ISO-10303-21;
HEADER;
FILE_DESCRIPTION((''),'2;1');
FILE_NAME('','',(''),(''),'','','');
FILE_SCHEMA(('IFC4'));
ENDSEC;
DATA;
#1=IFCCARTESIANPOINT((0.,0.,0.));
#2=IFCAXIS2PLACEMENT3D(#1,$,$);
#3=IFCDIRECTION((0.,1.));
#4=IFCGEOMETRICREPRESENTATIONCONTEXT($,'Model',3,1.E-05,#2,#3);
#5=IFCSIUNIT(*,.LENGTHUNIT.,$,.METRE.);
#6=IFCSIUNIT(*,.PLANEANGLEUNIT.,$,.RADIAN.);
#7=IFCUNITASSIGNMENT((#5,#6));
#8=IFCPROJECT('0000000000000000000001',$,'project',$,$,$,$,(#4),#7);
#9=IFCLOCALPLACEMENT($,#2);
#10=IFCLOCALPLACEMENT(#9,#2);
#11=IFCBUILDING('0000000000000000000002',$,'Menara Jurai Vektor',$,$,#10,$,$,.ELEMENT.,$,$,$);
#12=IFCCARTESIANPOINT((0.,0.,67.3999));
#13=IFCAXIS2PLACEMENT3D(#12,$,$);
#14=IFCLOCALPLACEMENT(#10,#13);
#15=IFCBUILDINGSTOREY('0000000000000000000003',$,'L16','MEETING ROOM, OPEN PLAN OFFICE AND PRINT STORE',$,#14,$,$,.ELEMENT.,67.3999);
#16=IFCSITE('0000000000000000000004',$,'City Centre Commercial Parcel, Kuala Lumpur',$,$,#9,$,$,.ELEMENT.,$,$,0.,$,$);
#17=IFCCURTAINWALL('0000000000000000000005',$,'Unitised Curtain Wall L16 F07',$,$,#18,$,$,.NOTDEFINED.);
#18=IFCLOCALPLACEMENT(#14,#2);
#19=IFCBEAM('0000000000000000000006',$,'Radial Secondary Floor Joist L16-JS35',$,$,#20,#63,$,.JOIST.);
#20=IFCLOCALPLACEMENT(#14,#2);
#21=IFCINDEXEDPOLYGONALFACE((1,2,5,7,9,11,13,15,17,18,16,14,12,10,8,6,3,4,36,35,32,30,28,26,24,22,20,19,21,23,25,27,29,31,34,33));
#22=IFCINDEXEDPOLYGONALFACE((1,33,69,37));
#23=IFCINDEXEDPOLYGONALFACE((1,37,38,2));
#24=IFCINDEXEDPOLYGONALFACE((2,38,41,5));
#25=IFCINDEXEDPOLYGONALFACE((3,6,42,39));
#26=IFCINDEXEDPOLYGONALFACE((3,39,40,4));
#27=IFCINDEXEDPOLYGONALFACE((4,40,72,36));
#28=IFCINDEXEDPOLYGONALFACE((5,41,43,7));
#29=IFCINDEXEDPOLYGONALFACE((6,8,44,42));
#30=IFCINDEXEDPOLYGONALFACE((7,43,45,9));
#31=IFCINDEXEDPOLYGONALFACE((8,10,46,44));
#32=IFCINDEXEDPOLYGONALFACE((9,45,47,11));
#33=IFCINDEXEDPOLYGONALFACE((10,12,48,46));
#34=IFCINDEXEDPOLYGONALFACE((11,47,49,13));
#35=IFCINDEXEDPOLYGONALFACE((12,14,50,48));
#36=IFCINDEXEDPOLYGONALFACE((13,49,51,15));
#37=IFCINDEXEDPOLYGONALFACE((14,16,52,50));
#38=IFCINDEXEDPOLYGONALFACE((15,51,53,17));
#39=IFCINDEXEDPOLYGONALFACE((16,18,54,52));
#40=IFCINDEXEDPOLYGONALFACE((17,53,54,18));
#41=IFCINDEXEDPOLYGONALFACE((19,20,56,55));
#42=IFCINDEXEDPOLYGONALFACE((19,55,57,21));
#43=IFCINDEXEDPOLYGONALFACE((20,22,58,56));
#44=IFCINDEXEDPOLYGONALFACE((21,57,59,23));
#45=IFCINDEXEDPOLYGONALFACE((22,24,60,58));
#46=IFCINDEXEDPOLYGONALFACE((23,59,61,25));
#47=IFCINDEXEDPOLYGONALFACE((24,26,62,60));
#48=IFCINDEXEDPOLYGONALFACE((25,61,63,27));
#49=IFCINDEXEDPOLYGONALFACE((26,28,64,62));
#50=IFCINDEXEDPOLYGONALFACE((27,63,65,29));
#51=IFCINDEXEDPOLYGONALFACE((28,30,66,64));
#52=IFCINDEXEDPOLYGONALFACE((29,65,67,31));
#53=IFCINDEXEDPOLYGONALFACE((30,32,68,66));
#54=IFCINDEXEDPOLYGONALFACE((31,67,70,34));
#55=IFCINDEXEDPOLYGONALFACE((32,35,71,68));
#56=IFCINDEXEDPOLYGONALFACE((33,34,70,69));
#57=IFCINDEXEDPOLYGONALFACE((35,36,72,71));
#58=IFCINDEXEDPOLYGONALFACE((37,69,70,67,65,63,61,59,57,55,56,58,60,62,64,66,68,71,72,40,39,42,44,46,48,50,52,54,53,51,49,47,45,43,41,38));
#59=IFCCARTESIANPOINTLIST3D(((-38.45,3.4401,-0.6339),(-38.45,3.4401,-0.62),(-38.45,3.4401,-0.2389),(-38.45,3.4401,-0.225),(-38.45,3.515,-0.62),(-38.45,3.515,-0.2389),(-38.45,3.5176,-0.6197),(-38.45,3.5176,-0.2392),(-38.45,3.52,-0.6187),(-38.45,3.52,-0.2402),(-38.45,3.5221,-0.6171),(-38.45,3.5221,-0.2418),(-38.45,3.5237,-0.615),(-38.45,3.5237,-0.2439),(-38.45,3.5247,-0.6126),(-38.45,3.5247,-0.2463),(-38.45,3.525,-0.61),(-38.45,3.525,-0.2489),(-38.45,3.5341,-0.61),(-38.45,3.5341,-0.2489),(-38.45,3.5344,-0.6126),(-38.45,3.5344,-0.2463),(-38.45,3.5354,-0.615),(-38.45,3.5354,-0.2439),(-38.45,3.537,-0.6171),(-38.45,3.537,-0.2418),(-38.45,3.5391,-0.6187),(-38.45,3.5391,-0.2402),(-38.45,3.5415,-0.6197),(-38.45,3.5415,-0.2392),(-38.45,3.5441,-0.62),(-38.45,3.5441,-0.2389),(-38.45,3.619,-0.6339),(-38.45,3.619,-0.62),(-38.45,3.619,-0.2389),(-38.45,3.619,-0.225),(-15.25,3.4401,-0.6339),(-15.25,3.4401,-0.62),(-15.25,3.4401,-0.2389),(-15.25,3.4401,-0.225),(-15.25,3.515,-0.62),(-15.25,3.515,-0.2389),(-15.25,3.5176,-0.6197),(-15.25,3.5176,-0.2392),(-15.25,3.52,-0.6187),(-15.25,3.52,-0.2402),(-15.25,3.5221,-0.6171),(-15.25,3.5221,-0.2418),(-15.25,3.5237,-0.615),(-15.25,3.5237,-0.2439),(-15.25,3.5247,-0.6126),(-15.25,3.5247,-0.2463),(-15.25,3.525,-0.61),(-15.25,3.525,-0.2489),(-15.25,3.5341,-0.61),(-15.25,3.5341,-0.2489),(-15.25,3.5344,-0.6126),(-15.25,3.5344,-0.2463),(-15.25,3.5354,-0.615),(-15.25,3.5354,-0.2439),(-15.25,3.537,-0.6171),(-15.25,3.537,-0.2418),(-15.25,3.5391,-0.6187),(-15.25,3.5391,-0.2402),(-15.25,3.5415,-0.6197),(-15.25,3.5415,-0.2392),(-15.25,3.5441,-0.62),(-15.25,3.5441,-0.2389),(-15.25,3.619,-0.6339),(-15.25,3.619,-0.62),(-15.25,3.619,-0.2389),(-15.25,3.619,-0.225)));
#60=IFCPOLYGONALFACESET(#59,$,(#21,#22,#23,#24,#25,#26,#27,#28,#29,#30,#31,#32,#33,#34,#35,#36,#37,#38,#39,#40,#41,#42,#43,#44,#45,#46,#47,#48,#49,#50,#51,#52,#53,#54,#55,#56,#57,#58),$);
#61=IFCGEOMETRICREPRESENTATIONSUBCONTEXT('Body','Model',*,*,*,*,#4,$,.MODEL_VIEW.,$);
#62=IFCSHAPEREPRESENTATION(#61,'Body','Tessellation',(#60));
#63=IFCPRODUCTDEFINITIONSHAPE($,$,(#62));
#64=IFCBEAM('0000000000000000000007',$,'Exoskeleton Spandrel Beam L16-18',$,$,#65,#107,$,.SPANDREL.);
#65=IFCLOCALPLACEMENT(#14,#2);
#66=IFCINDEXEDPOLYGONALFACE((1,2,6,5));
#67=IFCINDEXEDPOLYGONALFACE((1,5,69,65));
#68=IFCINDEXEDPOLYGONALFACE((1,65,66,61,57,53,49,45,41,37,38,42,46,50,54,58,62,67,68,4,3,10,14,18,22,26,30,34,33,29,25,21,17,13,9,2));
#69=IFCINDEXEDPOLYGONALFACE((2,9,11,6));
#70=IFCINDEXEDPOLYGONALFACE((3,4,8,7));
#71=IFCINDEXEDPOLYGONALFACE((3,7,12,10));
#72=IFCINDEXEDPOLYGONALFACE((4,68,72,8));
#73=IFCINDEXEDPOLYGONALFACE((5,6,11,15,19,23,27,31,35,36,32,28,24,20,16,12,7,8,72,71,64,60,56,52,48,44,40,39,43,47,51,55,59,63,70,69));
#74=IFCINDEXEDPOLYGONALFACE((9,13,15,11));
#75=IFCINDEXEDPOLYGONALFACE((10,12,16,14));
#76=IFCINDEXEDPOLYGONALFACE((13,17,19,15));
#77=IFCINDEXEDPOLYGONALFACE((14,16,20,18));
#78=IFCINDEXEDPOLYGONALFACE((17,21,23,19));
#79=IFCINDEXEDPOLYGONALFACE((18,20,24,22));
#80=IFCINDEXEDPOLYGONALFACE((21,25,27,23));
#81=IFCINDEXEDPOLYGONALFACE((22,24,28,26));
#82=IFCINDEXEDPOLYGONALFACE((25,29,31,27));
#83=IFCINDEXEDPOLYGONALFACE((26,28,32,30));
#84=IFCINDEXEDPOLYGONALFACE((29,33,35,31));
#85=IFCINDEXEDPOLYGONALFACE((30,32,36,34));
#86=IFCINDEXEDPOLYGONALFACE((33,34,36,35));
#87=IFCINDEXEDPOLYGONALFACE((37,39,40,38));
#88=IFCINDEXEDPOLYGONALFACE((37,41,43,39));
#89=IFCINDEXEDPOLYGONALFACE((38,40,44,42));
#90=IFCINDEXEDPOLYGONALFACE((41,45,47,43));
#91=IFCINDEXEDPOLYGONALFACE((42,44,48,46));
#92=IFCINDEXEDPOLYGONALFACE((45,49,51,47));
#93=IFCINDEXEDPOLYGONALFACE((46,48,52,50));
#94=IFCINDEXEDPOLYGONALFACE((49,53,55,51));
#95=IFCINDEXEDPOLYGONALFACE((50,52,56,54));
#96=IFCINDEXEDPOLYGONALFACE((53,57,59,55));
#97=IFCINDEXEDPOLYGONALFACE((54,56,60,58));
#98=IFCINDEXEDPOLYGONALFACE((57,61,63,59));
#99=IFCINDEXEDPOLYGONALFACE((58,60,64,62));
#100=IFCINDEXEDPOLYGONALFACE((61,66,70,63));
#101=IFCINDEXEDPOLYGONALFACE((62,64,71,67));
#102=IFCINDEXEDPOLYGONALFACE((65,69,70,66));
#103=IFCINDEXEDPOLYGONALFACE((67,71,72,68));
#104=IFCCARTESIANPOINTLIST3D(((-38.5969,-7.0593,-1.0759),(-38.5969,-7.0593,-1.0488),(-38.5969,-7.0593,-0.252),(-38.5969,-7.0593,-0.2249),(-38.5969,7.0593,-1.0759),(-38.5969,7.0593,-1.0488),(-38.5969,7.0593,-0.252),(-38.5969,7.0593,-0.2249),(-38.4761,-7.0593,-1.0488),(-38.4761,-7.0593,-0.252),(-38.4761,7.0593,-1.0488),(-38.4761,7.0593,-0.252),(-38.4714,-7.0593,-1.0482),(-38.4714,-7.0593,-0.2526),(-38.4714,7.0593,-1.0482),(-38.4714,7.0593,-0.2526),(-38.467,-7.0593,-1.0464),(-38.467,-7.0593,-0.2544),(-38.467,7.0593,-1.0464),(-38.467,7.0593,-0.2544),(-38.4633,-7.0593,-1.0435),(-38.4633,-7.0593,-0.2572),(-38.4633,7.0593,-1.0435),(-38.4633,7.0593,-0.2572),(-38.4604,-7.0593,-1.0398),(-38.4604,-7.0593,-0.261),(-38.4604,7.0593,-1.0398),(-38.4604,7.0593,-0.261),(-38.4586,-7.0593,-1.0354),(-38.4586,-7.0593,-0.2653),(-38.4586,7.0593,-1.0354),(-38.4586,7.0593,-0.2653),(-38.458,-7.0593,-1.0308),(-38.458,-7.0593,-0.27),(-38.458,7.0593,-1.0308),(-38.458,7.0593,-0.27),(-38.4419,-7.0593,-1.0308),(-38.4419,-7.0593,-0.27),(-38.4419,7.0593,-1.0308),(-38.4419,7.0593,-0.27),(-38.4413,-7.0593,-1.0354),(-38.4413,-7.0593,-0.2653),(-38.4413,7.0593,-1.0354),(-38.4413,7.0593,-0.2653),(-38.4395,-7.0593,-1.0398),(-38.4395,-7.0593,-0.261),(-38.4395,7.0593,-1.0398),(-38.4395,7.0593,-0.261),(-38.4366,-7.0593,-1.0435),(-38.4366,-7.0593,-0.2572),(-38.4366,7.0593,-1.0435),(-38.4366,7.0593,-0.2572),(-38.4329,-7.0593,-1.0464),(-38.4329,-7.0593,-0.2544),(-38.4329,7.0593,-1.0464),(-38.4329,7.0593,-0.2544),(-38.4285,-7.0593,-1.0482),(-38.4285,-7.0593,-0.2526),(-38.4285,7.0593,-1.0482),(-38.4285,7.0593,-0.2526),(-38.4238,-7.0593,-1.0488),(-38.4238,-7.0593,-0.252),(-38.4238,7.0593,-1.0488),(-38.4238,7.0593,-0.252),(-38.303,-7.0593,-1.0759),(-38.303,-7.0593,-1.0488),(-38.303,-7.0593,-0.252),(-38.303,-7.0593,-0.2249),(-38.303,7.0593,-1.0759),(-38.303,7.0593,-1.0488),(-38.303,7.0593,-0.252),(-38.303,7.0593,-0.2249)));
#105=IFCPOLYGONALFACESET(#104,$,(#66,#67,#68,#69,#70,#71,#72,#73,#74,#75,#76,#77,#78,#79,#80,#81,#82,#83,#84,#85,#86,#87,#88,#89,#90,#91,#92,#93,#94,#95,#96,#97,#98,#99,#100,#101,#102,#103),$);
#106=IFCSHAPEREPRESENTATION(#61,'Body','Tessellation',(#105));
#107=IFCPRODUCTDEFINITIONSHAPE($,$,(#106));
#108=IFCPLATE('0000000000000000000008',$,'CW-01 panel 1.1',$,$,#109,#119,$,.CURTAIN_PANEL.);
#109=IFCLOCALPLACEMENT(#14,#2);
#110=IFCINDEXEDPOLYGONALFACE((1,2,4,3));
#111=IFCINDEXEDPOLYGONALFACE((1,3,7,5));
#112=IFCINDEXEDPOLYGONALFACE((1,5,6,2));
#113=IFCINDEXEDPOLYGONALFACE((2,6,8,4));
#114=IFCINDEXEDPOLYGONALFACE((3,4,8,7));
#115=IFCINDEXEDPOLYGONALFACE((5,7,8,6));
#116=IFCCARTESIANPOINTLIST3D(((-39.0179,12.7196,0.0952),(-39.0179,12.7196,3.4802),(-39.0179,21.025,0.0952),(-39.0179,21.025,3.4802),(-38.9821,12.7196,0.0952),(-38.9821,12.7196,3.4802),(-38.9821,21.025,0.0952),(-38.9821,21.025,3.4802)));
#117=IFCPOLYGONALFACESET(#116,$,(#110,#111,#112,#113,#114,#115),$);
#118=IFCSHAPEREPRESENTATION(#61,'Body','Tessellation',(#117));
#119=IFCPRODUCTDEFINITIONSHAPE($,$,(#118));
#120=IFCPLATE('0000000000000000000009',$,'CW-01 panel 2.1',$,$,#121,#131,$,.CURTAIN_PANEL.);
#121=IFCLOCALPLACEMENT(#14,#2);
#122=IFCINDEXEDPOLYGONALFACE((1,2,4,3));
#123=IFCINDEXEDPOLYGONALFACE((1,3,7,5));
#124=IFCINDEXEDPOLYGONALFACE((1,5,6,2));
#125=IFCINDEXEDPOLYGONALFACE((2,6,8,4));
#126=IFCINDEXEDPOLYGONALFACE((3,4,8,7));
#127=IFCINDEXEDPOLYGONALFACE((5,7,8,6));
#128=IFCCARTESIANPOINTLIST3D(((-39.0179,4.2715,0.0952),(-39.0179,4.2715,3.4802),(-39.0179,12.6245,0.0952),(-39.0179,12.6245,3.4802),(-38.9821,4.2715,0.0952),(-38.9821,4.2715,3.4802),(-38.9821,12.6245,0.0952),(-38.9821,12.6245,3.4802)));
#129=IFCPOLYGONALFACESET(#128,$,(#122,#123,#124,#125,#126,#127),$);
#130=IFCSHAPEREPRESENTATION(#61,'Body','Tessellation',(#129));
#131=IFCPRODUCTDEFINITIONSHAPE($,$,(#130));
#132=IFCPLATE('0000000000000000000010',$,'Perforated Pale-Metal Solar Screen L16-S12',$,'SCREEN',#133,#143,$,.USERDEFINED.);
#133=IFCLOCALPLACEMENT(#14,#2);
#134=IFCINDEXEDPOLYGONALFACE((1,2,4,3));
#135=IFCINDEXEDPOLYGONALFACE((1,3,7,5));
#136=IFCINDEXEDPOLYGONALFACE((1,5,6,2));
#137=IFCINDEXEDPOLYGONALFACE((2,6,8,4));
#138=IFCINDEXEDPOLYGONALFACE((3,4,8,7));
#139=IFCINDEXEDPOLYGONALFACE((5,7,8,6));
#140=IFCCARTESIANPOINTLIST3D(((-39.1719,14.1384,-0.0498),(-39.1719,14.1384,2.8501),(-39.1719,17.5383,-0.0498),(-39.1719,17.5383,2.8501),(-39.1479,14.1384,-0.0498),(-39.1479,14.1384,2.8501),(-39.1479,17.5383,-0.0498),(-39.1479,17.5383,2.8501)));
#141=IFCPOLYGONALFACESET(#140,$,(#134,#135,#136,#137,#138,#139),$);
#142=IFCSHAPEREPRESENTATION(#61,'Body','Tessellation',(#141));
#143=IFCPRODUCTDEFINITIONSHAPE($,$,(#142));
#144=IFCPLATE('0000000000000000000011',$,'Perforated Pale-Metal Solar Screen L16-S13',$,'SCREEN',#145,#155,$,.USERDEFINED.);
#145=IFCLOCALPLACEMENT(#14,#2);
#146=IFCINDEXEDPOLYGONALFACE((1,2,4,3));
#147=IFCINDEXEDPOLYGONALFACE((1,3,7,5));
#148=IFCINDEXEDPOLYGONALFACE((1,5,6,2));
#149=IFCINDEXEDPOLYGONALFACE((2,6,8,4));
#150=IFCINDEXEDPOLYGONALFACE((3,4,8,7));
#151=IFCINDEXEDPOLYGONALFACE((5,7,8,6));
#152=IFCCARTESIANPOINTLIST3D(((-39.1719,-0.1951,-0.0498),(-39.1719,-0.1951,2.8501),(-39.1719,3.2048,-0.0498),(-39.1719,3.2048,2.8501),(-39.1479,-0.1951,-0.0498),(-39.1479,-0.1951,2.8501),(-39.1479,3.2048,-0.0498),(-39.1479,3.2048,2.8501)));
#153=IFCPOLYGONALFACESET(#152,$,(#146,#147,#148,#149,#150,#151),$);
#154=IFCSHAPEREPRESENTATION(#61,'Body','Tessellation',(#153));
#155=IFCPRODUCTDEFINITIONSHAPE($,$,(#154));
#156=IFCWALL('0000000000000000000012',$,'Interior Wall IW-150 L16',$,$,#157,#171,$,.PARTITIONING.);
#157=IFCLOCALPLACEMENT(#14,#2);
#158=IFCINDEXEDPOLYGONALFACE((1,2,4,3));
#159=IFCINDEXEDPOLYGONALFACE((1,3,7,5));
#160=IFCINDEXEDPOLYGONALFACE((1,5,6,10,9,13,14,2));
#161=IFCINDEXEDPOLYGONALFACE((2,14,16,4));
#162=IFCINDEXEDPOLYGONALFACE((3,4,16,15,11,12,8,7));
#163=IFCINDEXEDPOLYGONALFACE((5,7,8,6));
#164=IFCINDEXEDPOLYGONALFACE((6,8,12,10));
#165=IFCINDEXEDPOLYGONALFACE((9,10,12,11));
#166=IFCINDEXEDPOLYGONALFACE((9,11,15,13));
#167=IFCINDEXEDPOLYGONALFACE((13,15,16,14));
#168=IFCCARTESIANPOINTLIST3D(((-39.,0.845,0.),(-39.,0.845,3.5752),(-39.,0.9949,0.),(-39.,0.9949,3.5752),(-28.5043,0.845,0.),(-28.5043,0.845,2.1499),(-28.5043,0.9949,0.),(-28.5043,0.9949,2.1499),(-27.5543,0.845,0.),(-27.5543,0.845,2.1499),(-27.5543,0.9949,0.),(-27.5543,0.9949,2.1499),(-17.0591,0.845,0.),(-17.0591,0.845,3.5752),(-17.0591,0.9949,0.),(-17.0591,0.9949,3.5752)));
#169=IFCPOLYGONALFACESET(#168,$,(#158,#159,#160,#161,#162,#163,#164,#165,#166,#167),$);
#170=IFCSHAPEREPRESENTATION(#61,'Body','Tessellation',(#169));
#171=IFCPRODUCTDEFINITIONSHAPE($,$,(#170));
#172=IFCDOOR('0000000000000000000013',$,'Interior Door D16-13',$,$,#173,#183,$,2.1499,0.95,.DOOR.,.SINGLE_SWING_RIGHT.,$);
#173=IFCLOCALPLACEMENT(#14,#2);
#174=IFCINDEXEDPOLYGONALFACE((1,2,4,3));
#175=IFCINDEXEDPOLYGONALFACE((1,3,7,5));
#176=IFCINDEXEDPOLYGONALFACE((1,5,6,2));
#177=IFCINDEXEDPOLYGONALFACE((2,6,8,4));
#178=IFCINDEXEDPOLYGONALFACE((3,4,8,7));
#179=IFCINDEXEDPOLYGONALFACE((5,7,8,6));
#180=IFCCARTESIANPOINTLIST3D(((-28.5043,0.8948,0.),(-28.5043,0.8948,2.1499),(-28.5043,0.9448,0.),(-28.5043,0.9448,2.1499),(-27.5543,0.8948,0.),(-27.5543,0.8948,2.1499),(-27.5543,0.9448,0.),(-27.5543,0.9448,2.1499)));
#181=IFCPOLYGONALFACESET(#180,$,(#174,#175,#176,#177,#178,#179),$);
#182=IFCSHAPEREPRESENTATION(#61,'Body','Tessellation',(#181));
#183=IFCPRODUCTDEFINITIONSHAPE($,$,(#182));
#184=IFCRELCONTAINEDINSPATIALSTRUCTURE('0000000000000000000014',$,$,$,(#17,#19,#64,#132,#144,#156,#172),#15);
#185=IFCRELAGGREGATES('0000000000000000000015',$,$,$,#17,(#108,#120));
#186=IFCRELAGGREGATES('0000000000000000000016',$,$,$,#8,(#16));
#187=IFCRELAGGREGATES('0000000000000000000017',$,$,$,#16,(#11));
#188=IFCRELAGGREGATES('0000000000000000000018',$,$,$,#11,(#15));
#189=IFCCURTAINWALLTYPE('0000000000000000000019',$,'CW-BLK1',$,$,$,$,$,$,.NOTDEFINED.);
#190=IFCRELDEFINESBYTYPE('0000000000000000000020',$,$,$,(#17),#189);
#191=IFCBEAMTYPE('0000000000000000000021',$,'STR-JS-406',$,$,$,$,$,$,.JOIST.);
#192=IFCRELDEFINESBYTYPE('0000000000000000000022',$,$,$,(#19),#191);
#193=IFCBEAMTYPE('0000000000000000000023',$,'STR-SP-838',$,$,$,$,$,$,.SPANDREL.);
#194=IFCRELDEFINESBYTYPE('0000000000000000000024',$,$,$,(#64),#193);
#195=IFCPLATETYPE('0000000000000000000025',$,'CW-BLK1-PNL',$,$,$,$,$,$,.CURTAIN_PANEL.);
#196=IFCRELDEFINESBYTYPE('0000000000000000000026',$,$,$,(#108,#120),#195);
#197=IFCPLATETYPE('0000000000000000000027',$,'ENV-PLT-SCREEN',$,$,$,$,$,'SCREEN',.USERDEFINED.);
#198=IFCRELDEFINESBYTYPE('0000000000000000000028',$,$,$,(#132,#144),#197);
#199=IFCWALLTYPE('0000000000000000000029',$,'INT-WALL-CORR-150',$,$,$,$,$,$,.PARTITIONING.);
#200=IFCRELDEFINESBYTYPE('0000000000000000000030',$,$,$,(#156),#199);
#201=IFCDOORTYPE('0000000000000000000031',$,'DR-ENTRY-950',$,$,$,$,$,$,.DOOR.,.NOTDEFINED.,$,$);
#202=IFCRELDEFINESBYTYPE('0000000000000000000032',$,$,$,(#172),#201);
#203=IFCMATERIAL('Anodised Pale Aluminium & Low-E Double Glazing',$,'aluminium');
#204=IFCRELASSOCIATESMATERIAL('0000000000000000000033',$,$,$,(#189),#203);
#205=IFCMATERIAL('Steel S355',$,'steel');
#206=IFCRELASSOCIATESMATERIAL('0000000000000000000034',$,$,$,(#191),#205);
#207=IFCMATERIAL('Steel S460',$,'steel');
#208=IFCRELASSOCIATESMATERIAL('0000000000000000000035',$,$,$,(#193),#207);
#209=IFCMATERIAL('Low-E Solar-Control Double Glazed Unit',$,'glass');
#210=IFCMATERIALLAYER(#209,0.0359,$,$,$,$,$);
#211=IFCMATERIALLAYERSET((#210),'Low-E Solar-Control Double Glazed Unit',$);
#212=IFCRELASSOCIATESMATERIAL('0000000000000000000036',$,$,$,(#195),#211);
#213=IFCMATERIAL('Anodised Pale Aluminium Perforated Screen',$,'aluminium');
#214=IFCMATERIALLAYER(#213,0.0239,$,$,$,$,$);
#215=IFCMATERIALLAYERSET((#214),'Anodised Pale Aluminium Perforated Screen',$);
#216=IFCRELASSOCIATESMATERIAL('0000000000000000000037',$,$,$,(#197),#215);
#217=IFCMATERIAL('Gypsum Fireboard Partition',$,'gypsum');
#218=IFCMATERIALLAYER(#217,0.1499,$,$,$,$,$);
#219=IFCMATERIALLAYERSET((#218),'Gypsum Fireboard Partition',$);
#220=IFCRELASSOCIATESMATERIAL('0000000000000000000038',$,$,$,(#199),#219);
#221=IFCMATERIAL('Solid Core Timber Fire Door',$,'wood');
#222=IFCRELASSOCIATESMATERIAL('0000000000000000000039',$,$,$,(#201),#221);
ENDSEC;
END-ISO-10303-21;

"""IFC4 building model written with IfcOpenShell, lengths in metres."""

from ifc_helpers import new_model, si_unit, direction, frame, frame_2d, origin, origin_2d, place, context, subcontext, project, spatial, rectangle, i_section, extrude, material, layer, layer_set, material_profile, profile_set, type_object, element, fill, aggregate, save


model = new_model("IFC4")

# Units and contexts
model_context = context("Model", 3, precision=1e-05, world=origin(), true_north=direction((0.0, 1.0)))
body_context = subcontext(model_context, "Body", "Model", "MODEL_VIEW")
ifc_project = project(units=[si_unit("LENGTHUNIT", "METRE"), si_unit("PLANEANGLEUNIT", "RADIAN")], contexts=[model_context])

# Site, building, storey
site_placement = place(None, origin())
site = spatial("IfcSite", under=ifc_project, at=site_placement, Name="City Centre Commercial Parcel, Kuala Lumpur", CompositionType="ELEMENT", RefElevation=0.0)
building_placement = place(site_placement, origin())
building = spatial("IfcBuilding", under=site, at=building_placement, Name="Menara Jurai Vektor", CompositionType="ELEMENT")
storey_placement = place(building_placement, frame((0.0, 0.0, 67.3999)))
storey = spatial("IfcBuildingStorey", under=building, at=storey_placement, Name="L16", Description="MEETING ROOM, OPEN PLAN OFFICE AND PRINT STORE", CompositionType="ELEMENT", Elevation=67.3999)

# Shared definitions
ifc_material_1 = material(Name="Steel S460", Category="steel")

# Curtain wall
ifc_material_2 = material(Name="Anodised Pale Aluminium & Low-E Double Glazing", Category="aluminium")
curtain_wall_type = type_object("IfcCurtainWallType", Name="CW-BLK1", PredefinedType="NOTDEFINED", material=ifc_material_2)
curtain_wall_placement = place(storey_placement, origin())
curtain_wall = element("IfcCurtainWall", 1, at=curtain_wall_placement, inside=storey, type_object=curtain_wall_type, Name="Unitised Curtain Wall L16 F07", PredefinedType="NOTDEFINED")

# Beams
ifc_material_3 = material(Name="Steel S355", Category="steel")
ifc_material_profile_1 = material_profile(ifc_material_3, i_section(OverallWidth=0.179, OverallDepth=0.4089, WebThickness=0.009, FlangeThickness=0.0139, FilletRadius=0.01, at=origin_2d()), Name="UKB 406x178x67")
ifc_profile_set_1 = profile_set([ifc_material_profile_1], Name="Steel S355")
beam_type_1 = type_object("IfcBeamType", Name="STR-JS-406", PredefinedType="JOIST", material=ifc_profile_set_1)
beam_1_placement = place(storey_placement, frame((-38.45, 3.5295, -0.4294), z_axis=(1.0, 0.0, 0.0), x_axis=(0.0, 1.0, 0.0)))
element("IfcBeam", 2, at=beam_1_placement, inside=storey, type_object=beam_type_1, Name="Radial Secondary Floor Joist L16-JS35", PredefinedType="JOIST", context=body_context, shape_type="SweptSolid", body=[
    extrude(i_section(OverallWidth=0.179, OverallDepth=0.4089, WebThickness=0.009, FlangeThickness=0.0139, FilletRadius=0.01, at=origin_2d()), origin(), (0.0, 0.0, 1.0), 23.2),
])
ifc_material_profile_2 = material_profile(ifc_material_1, i_section(OverallWidth=0.2939, OverallDepth=0.8511, WebThickness=0.0161, FlangeThickness=0.0271, FilletRadius=0.0181, at=origin_2d()), Name="UKB 838x292x226")
ifc_profile_set_2 = profile_set([ifc_material_profile_2], Name="Steel S460")
beam_type_2 = type_object("IfcBeamType", Name="STR-SP-838", PredefinedType="SPANDREL", material=ifc_profile_set_2)
beam_2_placement = place(storey_placement, frame((-38.45, 7.0593, -0.6504), z_axis=(0.0, -1.0, 0.0), x_axis=(1.0, 0.0, 0.0)))
element("IfcBeam", 3, at=beam_2_placement, inside=storey, type_object=beam_type_2, Name="Exoskeleton Spandrel Beam L16-18", PredefinedType="SPANDREL", context=body_context, shape_type="SweptSolid", body=[
    extrude(i_section(OverallWidth=0.2939, OverallDepth=0.8511, WebThickness=0.0161, FlangeThickness=0.0271, FilletRadius=0.0181, at=origin_2d()), origin(), (0.0, 0.0, 1.0), 14.1187),
])

# Plates
ifc_material_4 = material(Name="Low-E Solar-Control Double Glazed Unit", Category="glass")
ifc_layer_1 = layer(ifc_material_4, 0.0359)
ifc_layer_set_1 = layer_set([ifc_layer_1], Name="Low-E Solar-Control Double Glazed Unit")
plate_type_1 = type_object("IfcPlateType", Name="CW-BLK1-PNL", PredefinedType="CURTAIN_PANEL", material=ifc_layer_set_1)
plate_1_placement = place(storey_placement, frame((-39.0, 16.8723, 0.0952), z_axis=(0.0, 0.0, 1.0), x_axis=(0.0, -1.0, 0.0)))
plate_1 = element("IfcPlate", 4, at=plate_1_placement, type_object=plate_type_1, Name="CW-01 panel 1.1", PredefinedType="CURTAIN_PANEL", context=body_context, shape_type="SweptSolid", body=[
    extrude(rectangle(XDim=8.3054, YDim=0.0359, at=origin_2d()), origin(), (0.0, 0.0, 1.0), 3.385),
])
plate_2_placement = place(storey_placement, frame((-39.0, 8.448, 0.0952), z_axis=(0.0, 0.0, 1.0), x_axis=(0.0, -1.0, 0.0)))
plate_2 = element("IfcPlate", 5, at=plate_2_placement, type_object=plate_type_1, Name="CW-01 panel 2.1", PredefinedType="CURTAIN_PANEL", context=body_context, shape_type="SweptSolid", body=[
    extrude(rectangle(XDim=8.353, YDim=0.0359, at=origin_2d()), origin(), (0.0, 0.0, 1.0), 3.385),
])
aggregate(curtain_wall, [plate_1, plate_2])

# Plates
ifc_material_5 = material(Name="Anodised Pale Aluminium Perforated Screen", Category="aluminium")
ifc_layer_2 = layer(ifc_material_5, 0.0239)
ifc_layer_set_2 = layer_set([ifc_layer_2], Name="Anodised Pale Aluminium Perforated Screen")
plate_type_2 = type_object("IfcPlateType", Name="ENV-PLT-SCREEN", ElementType="SCREEN", PredefinedType="USERDEFINED", material=ifc_layer_set_2)
for number, where, z_axis, x_axis, name in (
    (6, (-39.1599, 15.8384, -0.0498), (0.0, 0.0, 1.0), (0.0, -1.0, 0.0), "Perforated Pale-Metal Solar Screen L16-S12"),
    (7, (-39.1599, 1.5049, -0.0498), (0.0, 0.0, 1.0), (0.0, -1.0, 0.0), "Perforated Pale-Metal Solar Screen L16-S13"),
):
    element("IfcPlate", number, at=place(storey_placement, frame(where, z_axis=z_axis, x_axis=x_axis)), inside=storey, type_object=plate_type_2, Name=name, ObjectType="SCREEN", PredefinedType="USERDEFINED", context=body_context, shape_type="SweptSolid", body=[
        extrude(rectangle(XDim=3.3999, YDim=0.0239, at=origin_2d()), origin(), (0.0, 0.0, 1.0), 2.8999),
    ])

# Wall, opening, door
ifc_material_6 = material(Name="Gypsum Fireboard Partition", Category="gypsum")
ifc_layer_3 = layer(ifc_material_6, 0.1499)
ifc_layer_set_3 = layer_set([ifc_layer_3], Name="Gypsum Fireboard Partition")
wall_type_1 = type_object("IfcWallType", Name="INT-WALL-CORR-150", PredefinedType="PARTITIONING", material=ifc_layer_set_3)
wall_1_placement = place(storey_placement, frame((-39.0, 0.9199, 0.0), z_axis=(0.0, 0.0, 1.0), x_axis=(1.0, 0.0, 0.0)))
wall_1 = element("IfcWall", 8, at=wall_1_placement, inside=storey, type_object=wall_type_1, Name="Interior Wall IW-150 L16", PredefinedType="PARTITIONING", context=body_context, shape_type="SweptSolid", body=[
    extrude(rectangle(XDim=21.9409, YDim=0.1499, at=frame_2d((10.9705, 0.0))), origin(), (0.0, 0.0, 1.0), 3.5752),
])
opening_placement = place(wall_1_placement, frame((10.4956, 0.0, 0.0)))
opening = element("IfcOpeningElement", 9, at=opening_placement, cuts=wall_1, PredefinedType="OPENING", context=body_context, shape_type="SweptSolid", body=[
    extrude(rectangle(XDim=0.95, YDim=2.1499, at=frame_2d((0.4751, 1.075))), frame((0.0, 0.085, 0.0), z_axis=(0.0, -1.0, 0.0), x_axis=(1.0, 0.0, 0.0)), (0.0, 0.0, 1.0), 0.1699),
])
ifc_material_7 = material(Name="Solid Core Timber Fire Door", Category="wood")
door_type = type_object("IfcDoorType", Name="DR-ENTRY-950", OperationType="NOTDEFINED", PredefinedType="DOOR", material=ifc_material_7)
door_placement = place(opening_placement, origin())
door = element("IfcDoor", 10, at=door_placement, inside=storey, type_object=door_type, Name="Interior Door D16-13", OperationType="SINGLE_SWING_RIGHT", OverallHeight=2.1499, OverallWidth=0.95, PredefinedType="DOOR", context=body_context, shape_type="SweptSolid", body=[
    extrude(rectangle(XDim=0.95, YDim=2.1499, at=frame_2d((0.4751, 1.075))), frame((0.0, 0.0249, 0.0), z_axis=(0.0, -1.0, 0.0), x_axis=(1.0, 0.0, 0.0)), (0.0, 0.0, 1.0), 0.05),
])
fill(opening, door)

save(model, "model.ifc")
